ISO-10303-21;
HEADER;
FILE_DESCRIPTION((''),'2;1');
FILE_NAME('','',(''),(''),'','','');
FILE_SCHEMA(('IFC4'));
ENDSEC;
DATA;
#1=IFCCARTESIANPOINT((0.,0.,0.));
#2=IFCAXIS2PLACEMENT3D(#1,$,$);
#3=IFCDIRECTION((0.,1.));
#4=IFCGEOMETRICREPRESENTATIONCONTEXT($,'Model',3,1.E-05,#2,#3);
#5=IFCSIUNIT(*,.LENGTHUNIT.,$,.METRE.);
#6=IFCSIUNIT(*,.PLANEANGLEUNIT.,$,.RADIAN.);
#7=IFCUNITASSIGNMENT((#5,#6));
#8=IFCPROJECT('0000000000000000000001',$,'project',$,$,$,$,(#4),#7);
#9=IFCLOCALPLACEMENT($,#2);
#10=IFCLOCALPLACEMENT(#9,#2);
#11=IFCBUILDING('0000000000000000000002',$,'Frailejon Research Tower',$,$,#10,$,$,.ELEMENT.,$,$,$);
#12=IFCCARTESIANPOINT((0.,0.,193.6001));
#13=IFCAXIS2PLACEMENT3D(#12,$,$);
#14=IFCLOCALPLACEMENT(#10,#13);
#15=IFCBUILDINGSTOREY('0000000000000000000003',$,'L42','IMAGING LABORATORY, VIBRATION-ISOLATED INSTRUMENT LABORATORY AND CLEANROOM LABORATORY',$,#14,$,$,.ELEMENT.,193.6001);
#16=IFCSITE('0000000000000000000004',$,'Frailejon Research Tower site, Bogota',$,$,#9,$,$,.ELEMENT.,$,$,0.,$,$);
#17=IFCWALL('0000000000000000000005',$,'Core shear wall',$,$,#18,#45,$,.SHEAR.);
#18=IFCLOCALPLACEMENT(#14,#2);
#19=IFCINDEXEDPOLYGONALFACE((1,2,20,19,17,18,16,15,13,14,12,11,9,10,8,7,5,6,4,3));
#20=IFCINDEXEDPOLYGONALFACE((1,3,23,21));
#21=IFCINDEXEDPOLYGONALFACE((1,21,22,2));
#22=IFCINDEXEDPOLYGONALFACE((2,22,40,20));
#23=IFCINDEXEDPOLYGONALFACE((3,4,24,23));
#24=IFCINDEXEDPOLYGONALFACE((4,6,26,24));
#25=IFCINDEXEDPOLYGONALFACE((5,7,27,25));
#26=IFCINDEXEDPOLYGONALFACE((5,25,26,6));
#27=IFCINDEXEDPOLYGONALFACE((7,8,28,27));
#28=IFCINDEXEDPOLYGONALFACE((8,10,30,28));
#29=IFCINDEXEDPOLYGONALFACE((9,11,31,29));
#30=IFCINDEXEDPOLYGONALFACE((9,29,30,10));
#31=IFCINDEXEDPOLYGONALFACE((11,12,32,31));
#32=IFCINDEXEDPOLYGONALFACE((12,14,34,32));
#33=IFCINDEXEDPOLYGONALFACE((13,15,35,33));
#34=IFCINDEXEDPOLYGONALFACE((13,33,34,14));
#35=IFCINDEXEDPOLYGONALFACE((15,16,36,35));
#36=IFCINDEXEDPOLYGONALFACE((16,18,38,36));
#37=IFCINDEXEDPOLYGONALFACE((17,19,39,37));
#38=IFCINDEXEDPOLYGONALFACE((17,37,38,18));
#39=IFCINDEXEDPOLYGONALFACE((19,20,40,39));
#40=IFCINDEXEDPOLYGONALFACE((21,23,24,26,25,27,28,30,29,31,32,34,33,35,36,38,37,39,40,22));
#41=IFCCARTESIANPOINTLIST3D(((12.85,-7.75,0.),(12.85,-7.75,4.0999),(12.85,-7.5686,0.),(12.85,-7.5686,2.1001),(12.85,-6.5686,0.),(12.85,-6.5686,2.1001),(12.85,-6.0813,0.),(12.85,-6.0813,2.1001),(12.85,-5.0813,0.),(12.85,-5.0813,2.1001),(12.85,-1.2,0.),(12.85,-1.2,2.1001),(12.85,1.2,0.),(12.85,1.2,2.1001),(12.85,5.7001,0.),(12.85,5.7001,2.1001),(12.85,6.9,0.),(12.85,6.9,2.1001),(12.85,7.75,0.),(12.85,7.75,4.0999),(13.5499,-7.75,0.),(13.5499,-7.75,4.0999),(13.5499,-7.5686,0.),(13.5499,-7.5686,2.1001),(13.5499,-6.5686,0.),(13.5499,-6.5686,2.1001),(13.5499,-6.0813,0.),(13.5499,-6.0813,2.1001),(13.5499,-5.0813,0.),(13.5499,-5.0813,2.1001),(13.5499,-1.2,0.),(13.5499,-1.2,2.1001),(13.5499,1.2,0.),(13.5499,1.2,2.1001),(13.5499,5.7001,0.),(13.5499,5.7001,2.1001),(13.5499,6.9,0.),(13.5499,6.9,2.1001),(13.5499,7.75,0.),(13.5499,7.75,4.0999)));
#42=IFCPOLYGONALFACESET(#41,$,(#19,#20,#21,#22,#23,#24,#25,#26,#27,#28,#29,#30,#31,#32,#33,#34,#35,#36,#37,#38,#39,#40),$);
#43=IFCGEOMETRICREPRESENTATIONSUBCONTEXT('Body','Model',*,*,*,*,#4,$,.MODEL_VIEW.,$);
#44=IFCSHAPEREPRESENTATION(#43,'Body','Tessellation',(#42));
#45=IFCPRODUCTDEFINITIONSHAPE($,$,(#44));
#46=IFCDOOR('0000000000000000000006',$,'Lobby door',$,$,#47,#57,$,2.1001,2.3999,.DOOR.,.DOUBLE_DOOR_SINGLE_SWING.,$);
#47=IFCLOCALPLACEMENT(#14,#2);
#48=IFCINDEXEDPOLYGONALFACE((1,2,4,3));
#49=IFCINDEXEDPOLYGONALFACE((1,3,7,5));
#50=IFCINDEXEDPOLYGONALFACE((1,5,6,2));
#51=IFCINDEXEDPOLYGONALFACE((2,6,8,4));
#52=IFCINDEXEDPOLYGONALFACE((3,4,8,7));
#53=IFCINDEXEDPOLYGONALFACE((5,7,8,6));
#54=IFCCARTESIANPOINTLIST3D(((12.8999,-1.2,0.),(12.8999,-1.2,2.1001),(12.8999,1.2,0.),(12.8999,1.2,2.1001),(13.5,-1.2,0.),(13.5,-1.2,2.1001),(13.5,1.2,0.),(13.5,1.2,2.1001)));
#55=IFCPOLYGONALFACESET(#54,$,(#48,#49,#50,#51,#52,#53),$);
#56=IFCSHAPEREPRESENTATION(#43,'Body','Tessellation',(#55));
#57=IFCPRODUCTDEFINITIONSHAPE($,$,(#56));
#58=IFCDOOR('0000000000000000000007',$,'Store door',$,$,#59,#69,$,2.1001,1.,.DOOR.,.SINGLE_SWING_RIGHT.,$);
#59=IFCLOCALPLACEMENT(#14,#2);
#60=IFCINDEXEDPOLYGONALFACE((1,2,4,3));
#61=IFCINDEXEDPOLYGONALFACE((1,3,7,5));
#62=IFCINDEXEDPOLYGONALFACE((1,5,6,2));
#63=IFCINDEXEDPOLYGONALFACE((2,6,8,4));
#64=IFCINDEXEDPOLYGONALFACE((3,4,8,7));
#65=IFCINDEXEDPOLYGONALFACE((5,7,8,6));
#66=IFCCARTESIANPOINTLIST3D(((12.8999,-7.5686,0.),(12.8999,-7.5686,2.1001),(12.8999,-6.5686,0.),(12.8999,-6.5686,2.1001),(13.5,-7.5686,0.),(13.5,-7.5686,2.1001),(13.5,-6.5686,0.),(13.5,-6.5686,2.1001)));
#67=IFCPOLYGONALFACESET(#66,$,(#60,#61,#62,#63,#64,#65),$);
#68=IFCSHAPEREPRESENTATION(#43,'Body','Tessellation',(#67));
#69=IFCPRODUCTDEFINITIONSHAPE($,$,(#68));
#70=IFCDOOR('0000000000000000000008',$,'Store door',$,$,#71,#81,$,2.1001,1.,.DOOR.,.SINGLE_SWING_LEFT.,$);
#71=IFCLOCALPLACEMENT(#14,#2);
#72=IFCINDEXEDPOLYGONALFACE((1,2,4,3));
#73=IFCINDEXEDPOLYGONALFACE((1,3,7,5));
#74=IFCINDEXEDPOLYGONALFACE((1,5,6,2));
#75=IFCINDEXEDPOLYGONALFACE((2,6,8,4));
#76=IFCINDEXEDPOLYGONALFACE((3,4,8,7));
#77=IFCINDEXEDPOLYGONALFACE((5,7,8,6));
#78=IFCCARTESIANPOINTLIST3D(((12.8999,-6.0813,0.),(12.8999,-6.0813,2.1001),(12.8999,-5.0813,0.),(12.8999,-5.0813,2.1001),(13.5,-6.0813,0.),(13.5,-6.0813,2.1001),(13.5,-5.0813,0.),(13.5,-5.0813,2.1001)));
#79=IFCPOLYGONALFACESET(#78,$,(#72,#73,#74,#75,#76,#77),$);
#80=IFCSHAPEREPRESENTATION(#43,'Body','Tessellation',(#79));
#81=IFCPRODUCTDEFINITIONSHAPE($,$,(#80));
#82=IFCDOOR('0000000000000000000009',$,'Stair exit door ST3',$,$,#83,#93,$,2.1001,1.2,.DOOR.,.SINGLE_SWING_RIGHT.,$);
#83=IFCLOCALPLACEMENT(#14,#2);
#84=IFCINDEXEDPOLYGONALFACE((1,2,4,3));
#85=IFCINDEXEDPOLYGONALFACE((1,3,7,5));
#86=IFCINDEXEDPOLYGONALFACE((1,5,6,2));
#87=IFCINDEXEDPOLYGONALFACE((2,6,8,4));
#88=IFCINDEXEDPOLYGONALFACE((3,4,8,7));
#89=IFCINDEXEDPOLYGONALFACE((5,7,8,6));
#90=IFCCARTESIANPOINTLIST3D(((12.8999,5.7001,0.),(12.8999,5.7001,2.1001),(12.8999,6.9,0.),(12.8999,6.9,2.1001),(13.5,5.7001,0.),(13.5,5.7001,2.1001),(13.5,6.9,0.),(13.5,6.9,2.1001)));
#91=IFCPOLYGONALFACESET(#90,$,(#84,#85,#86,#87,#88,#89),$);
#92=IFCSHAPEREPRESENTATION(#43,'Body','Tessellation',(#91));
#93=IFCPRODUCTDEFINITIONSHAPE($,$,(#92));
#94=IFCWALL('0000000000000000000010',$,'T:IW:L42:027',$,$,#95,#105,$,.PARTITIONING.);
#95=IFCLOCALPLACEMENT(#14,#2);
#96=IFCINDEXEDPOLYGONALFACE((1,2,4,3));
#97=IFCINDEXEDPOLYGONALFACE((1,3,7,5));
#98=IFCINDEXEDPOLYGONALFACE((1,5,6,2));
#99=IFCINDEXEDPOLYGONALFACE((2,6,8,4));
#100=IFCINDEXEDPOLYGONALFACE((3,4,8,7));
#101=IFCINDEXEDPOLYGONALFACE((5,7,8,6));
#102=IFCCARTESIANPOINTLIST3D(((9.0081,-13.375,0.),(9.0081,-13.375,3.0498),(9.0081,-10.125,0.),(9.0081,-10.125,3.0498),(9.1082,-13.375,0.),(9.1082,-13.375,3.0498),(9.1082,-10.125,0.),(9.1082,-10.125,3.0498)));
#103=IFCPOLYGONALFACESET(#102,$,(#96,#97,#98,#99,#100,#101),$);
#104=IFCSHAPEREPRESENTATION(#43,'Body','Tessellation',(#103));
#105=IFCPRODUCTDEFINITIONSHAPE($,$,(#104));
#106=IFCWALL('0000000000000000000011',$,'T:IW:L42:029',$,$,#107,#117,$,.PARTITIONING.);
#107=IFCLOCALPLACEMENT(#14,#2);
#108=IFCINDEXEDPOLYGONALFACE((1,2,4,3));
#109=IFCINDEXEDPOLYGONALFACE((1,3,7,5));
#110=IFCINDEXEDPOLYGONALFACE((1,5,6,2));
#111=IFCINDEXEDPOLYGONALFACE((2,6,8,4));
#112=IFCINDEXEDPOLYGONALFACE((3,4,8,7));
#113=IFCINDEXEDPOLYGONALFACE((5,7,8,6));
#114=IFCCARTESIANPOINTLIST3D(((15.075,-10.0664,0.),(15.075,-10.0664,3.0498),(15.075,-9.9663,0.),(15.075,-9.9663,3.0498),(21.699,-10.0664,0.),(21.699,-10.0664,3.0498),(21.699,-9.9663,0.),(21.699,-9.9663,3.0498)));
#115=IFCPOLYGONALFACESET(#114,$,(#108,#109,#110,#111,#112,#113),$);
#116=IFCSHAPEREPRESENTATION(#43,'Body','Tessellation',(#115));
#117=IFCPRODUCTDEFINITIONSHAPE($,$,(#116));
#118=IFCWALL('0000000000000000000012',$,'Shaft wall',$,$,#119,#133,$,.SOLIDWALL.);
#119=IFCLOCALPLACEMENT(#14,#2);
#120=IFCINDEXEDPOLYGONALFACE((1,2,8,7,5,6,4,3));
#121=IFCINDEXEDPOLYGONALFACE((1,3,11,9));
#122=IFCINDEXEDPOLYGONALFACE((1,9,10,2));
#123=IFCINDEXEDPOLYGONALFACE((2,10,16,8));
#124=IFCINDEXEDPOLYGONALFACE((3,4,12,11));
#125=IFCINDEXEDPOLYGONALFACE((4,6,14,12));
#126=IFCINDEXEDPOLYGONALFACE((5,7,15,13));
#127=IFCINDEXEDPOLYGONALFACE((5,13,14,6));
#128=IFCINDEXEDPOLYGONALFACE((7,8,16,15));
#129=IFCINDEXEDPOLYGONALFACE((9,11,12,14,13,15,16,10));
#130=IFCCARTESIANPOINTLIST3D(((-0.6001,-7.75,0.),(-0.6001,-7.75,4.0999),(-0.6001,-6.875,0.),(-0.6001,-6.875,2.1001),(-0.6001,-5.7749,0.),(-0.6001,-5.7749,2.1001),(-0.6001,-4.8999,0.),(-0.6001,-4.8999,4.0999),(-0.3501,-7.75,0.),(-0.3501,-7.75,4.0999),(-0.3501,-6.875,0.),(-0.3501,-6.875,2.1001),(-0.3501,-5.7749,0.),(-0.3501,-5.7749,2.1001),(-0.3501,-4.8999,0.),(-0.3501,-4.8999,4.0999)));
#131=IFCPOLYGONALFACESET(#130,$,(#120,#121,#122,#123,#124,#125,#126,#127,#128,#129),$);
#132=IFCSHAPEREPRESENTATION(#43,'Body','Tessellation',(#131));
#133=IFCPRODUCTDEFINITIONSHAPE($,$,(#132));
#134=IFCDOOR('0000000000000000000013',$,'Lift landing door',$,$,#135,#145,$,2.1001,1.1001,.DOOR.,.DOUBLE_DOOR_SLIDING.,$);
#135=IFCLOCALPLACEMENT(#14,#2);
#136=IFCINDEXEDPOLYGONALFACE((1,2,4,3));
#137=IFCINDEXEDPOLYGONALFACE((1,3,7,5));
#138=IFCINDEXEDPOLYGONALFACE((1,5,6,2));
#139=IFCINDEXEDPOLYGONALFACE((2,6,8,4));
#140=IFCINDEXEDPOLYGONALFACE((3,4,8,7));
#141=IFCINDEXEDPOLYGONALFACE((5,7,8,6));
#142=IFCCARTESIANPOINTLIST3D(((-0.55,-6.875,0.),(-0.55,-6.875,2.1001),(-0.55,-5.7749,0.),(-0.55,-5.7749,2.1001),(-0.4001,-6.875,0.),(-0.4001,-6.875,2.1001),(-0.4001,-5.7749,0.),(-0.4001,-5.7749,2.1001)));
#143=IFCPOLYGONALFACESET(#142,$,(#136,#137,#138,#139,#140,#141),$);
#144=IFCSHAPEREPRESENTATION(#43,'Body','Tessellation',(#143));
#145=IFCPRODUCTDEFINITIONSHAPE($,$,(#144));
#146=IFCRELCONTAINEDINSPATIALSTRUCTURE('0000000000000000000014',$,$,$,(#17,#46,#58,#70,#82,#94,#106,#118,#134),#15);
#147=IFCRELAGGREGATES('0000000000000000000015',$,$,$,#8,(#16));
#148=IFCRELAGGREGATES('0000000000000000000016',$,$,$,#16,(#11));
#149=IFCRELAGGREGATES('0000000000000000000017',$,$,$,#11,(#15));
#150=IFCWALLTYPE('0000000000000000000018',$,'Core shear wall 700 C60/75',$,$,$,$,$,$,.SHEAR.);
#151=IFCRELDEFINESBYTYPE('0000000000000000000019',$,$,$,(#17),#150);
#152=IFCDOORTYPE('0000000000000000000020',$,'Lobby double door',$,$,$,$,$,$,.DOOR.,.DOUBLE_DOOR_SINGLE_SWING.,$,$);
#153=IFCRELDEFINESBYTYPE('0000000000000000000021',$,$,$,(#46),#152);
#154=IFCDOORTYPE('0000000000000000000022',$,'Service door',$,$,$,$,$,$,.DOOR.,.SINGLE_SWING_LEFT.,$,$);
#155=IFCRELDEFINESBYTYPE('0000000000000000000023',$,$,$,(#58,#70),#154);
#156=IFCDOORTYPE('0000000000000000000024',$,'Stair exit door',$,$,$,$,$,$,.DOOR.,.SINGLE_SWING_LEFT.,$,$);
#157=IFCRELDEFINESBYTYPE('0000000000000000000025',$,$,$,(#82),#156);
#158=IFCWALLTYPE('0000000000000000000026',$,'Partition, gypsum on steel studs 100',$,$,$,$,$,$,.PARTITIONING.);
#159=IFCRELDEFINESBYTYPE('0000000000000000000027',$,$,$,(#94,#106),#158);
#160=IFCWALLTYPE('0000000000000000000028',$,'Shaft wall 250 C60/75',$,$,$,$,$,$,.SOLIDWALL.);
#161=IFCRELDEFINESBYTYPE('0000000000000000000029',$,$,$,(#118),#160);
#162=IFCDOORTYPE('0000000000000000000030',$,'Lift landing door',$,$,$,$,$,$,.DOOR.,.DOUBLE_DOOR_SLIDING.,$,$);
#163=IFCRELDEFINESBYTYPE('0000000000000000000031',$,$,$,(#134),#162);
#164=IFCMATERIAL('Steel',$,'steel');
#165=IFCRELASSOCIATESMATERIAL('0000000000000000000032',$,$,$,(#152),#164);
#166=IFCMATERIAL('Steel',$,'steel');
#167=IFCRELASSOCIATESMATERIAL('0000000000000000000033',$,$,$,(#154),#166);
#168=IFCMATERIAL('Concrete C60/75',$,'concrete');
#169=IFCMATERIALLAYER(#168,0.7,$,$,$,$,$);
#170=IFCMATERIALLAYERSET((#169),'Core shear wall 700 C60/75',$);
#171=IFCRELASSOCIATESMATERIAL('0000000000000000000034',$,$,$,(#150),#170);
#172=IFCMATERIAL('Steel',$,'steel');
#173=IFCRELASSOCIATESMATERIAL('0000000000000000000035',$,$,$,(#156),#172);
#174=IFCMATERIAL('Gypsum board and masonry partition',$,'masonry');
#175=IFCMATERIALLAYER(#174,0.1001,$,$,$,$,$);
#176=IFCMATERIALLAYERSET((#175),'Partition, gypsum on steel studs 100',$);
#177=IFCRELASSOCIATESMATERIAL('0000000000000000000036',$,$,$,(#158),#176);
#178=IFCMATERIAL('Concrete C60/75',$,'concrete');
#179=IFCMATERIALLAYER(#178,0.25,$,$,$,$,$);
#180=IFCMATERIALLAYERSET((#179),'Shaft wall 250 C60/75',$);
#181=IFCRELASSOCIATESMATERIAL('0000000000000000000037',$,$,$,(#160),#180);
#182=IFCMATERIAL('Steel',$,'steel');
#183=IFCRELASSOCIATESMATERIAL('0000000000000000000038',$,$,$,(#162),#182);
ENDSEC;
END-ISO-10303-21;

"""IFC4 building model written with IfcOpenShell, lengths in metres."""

from ifc_helpers import new_model, si_unit, direction, frame, frame_2d, origin, place, context, subcontext, project, spatial, rectangle, extrude, material, layer, layer_set, type_object, element, fill, save


model = new_model("IFC4")

# Units and contexts
model_context = context("Model", 3, precision=1e-05, world=origin(), true_north=direction((0.0, 1.0)))
body_context = subcontext(model_context, "Body", "Model", "MODEL_VIEW")
ifc_project = project(units=[si_unit("LENGTHUNIT", "METRE"), si_unit("PLANEANGLEUNIT", "RADIAN")], contexts=[model_context])

# Site, building, storey
site_placement = place(None, origin())
site = spatial("IfcSite", under=ifc_project, at=site_placement, Name="Frailejon Research Tower site, Bogota", CompositionType="ELEMENT", RefElevation=0.0)
building_placement = place(site_placement, origin())
building = spatial("IfcBuilding", under=site, at=building_placement, Name="Frailejon Research Tower", CompositionType="ELEMENT")
storey_placement = place(building_placement, frame((0.0, 0.0, 193.6001)))
storey = spatial("IfcBuildingStorey", under=building, at=storey_placement, Name="L42", Description="IMAGING LABORATORY, VIBRATION-ISOLATED INSTRUMENT LABORATORY AND CLEANROOM LABORATORY", CompositionType="ELEMENT", Elevation=193.6001)

# Wall, openings, doors
ifc_material_1 = material(Name="Steel", Category="steel")
door_type_1 = type_object("IfcDoorType", Name="Lobby double door", OperationType="DOUBLE_DOOR_SINGLE_SWING", PredefinedType="DOOR", material=ifc_material_1)
ifc_material_2 = material(Name="Steel", Category="steel")
door_type_2 = type_object("IfcDoorType", Name="Service door", OperationType="SINGLE_SWING_LEFT", PredefinedType="DOOR", material=ifc_material_2)
ifc_material_3 = material(Name="Concrete C60/75", Category="concrete")
ifc_layer_1 = layer(ifc_material_3, 0.7)
ifc_layer_set_1 = layer_set([ifc_layer_1], Name="Core shear wall 700 C60/75")
wall_type_1 = type_object("IfcWallType", Name="Core shear wall 700 C60/75", PredefinedType="SHEAR", material=ifc_layer_set_1)
wall_1_placement = place(storey_placement, frame((13.2, -7.75, 0.0), z_axis=(0.0, 0.0, 1.0), x_axis=(0.0, 1.0, 0.0)))
wall_1 = element("IfcWall", 1, at=wall_1_placement, inside=storey, type_object=wall_type_1, Name="Core shear wall", PredefinedType="SHEAR", context=body_context, shape_type="SweptSolid", body=[
    extrude(rectangle(XDim=15.5, YDim=0.7, at=frame_2d((7.75, 0.0))), origin(), (0.0, 0.0, 1.0), 4.0999),
])
opening_1_placement = place(wall_1_placement, frame((6.55, 0.0, 0.0)))
opening_1 = element("IfcOpeningElement", 2, at=opening_1_placement, cuts=wall_1, PredefinedType="OPENING", context=body_context, shape_type="SweptSolid", body=[
    extrude(rectangle(XDim=2.3999, YDim=2.1001, at=frame_2d((1.2, 1.05))), frame((0.0, 0.3599, 0.0), z_axis=(0.0, -1.0, 0.0), x_axis=(1.0, 0.0, 0.0)), (0.0, 0.0, 1.0), 0.72),
])
opening_2_placement = place(wall_1_placement, frame((13.45, 0.0, 0.0)))
opening_2 = element("IfcOpeningElement", 3, at=opening_2_placement, cuts=wall_1, PredefinedType="OPENING", context=body_context, shape_type="SweptSolid", body=[
    extrude(rectangle(XDim=1.2, YDim=2.1001, at=frame_2d((0.6001, 1.05))), frame((0.0, 0.3599, 0.0), z_axis=(0.0, -1.0, 0.0), x_axis=(1.0, 0.0, 0.0)), (0.0, 0.0, 1.0), 0.72),
])
opening_3_placement = place(wall_1_placement, frame((0.1814, 0.0, 0.0)))
opening_3 = element("IfcOpeningElement", 4, at=opening_3_placement, cuts=wall_1, PredefinedType="OPENING", context=body_context, shape_type="SweptSolid", body=[
    extrude(rectangle(XDim=1.0, YDim=2.1001, at=frame_2d((0.5, 1.05))), frame((0.0, 0.3599, 0.0), z_axis=(0.0, -1.0, 0.0), x_axis=(1.0, 0.0, 0.0)), (0.0, 0.0, 1.0), 0.72),
])
opening_4_placement = place(wall_1_placement, frame((1.6687, 0.0, 0.0)))
opening_4 = element("IfcOpeningElement", 5, at=opening_4_placement, cuts=wall_1, PredefinedType="OPENING", context=body_context, shape_type="SweptSolid", body=[
    extrude(rectangle(XDim=1.0, YDim=2.1001, at=frame_2d((0.5, 1.05))), frame((0.0, 0.3599, 0.0), z_axis=(0.0, -1.0, 0.0), x_axis=(1.0, 0.0, 0.0)), (0.0, 0.0, 1.0), 0.72),
])
door_1_placement = place(opening_1_placement, origin())
door_1 = element("IfcDoor", 6, at=door_1_placement, inside=storey, type_object=door_type_1, Name="Lobby door", OperationType="DOUBLE_DOOR_SINGLE_SWING", OverallHeight=2.1001, OverallWidth=2.3999, PredefinedType="DOOR", context=body_context, shape_type="SweptSolid", body=[
    extrude(rectangle(XDim=2.3999, YDim=2.1001, at=frame_2d((1.2, 1.05))), frame((0.0, 0.3, 0.0), z_axis=(0.0, -1.0, 0.0), x_axis=(1.0, 0.0, 0.0)), (0.0, 0.0, 1.0), 0.6001),
])
fill(opening_1, door_1)
door_2_placement = place(opening_3_placement, origin())
door_2 = element("IfcDoor", 7, at=door_2_placement, inside=storey, type_object=door_type_2, Name="Store door", OperationType="SINGLE_SWING_RIGHT", OverallHeight=2.1001, OverallWidth=1.0, PredefinedType="DOOR", context=body_context, shape_type="SweptSolid", body=[
    extrude(rectangle(XDim=1.0, YDim=2.1001, at=frame_2d((0.5, 1.05))), frame((0.0, 0.3, 0.0), z_axis=(0.0, -1.0, 0.0), x_axis=(1.0, 0.0, 0.0)), (0.0, 0.0, 1.0), 0.6001),
])
fill(opening_3, door_2)
door_3_placement = place(opening_4_placement, origin())
door_3 = element("IfcDoor", 8, at=door_3_placement, inside=storey, type_object=door_type_2, Name="Store door", OperationType="SINGLE_SWING_LEFT", OverallHeight=2.1001, OverallWidth=1.0, PredefinedType="DOOR", context=body_context, shape_type="SweptSolid", body=[
    extrude(rectangle(XDim=1.0, YDim=2.1001, at=frame_2d((0.5, 1.05))), frame((0.0, 0.3, 0.0), z_axis=(0.0, -1.0, 0.0), x_axis=(1.0, 0.0, 0.0)), (0.0, 0.0, 1.0), 0.6001),
])
fill(opening_4, door_3)
ifc_material_4 = material(Name="Steel", Category="steel")
door_type_3 = type_object("IfcDoorType", Name="Stair exit door", OperationType="SINGLE_SWING_LEFT", PredefinedType="DOOR", material=ifc_material_4)
door_4_placement = place(opening_2_placement, origin())
door_4 = element("IfcDoor", 9, at=door_4_placement, inside=storey, type_object=door_type_3, Name="Stair exit door ST3", OperationType="SINGLE_SWING_RIGHT", OverallHeight=2.1001, OverallWidth=1.2, PredefinedType="DOOR", context=body_context, shape_type="SweptSolid", body=[
    extrude(rectangle(XDim=1.2, YDim=2.1001, at=frame_2d((0.6001, 1.05))), frame((0.0, 0.3, 0.0), z_axis=(0.0, -1.0, 0.0), x_axis=(1.0, 0.0, 0.0)), (0.0, 0.0, 1.0), 0.6001),
])
fill(opening_2, door_4)

# Walls
ifc_material_5 = material(Name="Gypsum board and masonry partition", Category="masonry")
ifc_layer_2 = layer(ifc_material_5, 0.1001)
ifc_layer_set_2 = layer_set([ifc_layer_2], Name="Partition, gypsum on steel studs 100")
wall_type_2 = type_object("IfcWallType", Name="Partition, gypsum on steel studs 100", PredefinedType="PARTITIONING", material=ifc_layer_set_2)
wall_2_placement = place(storey_placement, frame((9.0581, -13.375, 0.0), z_axis=(0.0, 0.0, 1.0), x_axis=(0.0, 1.0, 0.0)))
element("IfcWall", 10, at=wall_2_placement, inside=storey, type_object=wall_type_2, Name="T:IW:L42:027", PredefinedType="PARTITIONING", context=body_context, shape_type="SweptSolid", body=[
    extrude(rectangle(XDim=3.25, YDim=0.1001, at=frame_2d((1.625, 0.0))), origin(), (0.0, 0.0, 1.0), 3.0498),
])
wall_3_placement = place(storey_placement, frame((15.075, -10.0164, 0.0), z_axis=(0.0, 0.0, 1.0), x_axis=(1.0, 0.0, 0.0)))
element("IfcWall", 11, at=wall_3_placement, inside=storey, type_object=wall_type_2, Name="T:IW:L42:029", PredefinedType="PARTITIONING", context=body_context, shape_type="SweptSolid", body=[
    extrude(rectangle(XDim=6.624, YDim=0.1001, at=frame_2d((3.312, 0.0))), origin(), (0.0, 0.0, 1.0), 3.0498),
])

# Wall, opening, door
ifc_material_6 = material(Name="Concrete C60/75", Category="concrete")
ifc_layer_3 = layer(ifc_material_6, 0.25)
ifc_layer_set_3 = layer_set([ifc_layer_3], Name="Shaft wall 250 C60/75")
wall_type_3 = type_object("IfcWallType", Name="Shaft wall 250 C60/75", PredefinedType="SOLIDWALL", material=ifc_layer_set_3)
wall_4_placement = place(storey_placement, frame((-0.4751, -7.75, 0.0), z_axis=(0.0, 0.0, 1.0), x_axis=(0.0, 1.0, 0.0)))
wall_4 = element("IfcWall", 12, at=wall_4_placement, inside=storey, type_object=wall_type_3, Name="Shaft wall", PredefinedType="SOLIDWALL", context=body_context, shape_type="SweptSolid", body=[
    extrude(rectangle(XDim=2.8501, YDim=0.25, at=frame_2d((1.425, 0.0))), origin(), (0.0, 0.0, 1.0), 4.0999),
])
opening_5_placement = place(wall_4_placement, frame((0.875, 0.0, 0.0)))
opening_5 = element("IfcOpeningElement", 13, at=opening_5_placement, cuts=wall_4, PredefinedType="OPENING", context=body_context, shape_type="SweptSolid", body=[
    extrude(rectangle(XDim=1.1001, YDim=2.1001, at=frame_2d((0.55, 1.05))), frame((0.0, 0.135, 0.0), z_axis=(0.0, -1.0, 0.0), x_axis=(1.0, 0.0, 0.0)), (0.0, 0.0, 1.0), 0.27),
])
ifc_material_7 = material(Name="Steel", Category="steel")
door_type_4 = type_object("IfcDoorType", Name="Lift landing door", OperationType="DOUBLE_DOOR_SLIDING", PredefinedType="DOOR", material=ifc_material_7)
door_5_placement = place(opening_5_placement, origin())
door_5 = element("IfcDoor", 14, at=door_5_placement, inside=storey, type_object=door_type_4, Name="Lift landing door", OperationType="DOUBLE_DOOR_SLIDING", OverallHeight=2.1001, OverallWidth=1.1001, PredefinedType="DOOR", context=body_context, shape_type="SweptSolid", body=[
    extrude(rectangle(XDim=1.1001, YDim=2.1001, at=frame_2d((0.55, 1.05))), frame((0.0, 0.075, 0.0), z_axis=(0.0, -1.0, 0.0), x_axis=(1.0, 0.0, 0.0)), (0.0, 0.0, 1.0), 0.1499),
])
fill(opening_5, door_5)

save(model, "model.ifc")
